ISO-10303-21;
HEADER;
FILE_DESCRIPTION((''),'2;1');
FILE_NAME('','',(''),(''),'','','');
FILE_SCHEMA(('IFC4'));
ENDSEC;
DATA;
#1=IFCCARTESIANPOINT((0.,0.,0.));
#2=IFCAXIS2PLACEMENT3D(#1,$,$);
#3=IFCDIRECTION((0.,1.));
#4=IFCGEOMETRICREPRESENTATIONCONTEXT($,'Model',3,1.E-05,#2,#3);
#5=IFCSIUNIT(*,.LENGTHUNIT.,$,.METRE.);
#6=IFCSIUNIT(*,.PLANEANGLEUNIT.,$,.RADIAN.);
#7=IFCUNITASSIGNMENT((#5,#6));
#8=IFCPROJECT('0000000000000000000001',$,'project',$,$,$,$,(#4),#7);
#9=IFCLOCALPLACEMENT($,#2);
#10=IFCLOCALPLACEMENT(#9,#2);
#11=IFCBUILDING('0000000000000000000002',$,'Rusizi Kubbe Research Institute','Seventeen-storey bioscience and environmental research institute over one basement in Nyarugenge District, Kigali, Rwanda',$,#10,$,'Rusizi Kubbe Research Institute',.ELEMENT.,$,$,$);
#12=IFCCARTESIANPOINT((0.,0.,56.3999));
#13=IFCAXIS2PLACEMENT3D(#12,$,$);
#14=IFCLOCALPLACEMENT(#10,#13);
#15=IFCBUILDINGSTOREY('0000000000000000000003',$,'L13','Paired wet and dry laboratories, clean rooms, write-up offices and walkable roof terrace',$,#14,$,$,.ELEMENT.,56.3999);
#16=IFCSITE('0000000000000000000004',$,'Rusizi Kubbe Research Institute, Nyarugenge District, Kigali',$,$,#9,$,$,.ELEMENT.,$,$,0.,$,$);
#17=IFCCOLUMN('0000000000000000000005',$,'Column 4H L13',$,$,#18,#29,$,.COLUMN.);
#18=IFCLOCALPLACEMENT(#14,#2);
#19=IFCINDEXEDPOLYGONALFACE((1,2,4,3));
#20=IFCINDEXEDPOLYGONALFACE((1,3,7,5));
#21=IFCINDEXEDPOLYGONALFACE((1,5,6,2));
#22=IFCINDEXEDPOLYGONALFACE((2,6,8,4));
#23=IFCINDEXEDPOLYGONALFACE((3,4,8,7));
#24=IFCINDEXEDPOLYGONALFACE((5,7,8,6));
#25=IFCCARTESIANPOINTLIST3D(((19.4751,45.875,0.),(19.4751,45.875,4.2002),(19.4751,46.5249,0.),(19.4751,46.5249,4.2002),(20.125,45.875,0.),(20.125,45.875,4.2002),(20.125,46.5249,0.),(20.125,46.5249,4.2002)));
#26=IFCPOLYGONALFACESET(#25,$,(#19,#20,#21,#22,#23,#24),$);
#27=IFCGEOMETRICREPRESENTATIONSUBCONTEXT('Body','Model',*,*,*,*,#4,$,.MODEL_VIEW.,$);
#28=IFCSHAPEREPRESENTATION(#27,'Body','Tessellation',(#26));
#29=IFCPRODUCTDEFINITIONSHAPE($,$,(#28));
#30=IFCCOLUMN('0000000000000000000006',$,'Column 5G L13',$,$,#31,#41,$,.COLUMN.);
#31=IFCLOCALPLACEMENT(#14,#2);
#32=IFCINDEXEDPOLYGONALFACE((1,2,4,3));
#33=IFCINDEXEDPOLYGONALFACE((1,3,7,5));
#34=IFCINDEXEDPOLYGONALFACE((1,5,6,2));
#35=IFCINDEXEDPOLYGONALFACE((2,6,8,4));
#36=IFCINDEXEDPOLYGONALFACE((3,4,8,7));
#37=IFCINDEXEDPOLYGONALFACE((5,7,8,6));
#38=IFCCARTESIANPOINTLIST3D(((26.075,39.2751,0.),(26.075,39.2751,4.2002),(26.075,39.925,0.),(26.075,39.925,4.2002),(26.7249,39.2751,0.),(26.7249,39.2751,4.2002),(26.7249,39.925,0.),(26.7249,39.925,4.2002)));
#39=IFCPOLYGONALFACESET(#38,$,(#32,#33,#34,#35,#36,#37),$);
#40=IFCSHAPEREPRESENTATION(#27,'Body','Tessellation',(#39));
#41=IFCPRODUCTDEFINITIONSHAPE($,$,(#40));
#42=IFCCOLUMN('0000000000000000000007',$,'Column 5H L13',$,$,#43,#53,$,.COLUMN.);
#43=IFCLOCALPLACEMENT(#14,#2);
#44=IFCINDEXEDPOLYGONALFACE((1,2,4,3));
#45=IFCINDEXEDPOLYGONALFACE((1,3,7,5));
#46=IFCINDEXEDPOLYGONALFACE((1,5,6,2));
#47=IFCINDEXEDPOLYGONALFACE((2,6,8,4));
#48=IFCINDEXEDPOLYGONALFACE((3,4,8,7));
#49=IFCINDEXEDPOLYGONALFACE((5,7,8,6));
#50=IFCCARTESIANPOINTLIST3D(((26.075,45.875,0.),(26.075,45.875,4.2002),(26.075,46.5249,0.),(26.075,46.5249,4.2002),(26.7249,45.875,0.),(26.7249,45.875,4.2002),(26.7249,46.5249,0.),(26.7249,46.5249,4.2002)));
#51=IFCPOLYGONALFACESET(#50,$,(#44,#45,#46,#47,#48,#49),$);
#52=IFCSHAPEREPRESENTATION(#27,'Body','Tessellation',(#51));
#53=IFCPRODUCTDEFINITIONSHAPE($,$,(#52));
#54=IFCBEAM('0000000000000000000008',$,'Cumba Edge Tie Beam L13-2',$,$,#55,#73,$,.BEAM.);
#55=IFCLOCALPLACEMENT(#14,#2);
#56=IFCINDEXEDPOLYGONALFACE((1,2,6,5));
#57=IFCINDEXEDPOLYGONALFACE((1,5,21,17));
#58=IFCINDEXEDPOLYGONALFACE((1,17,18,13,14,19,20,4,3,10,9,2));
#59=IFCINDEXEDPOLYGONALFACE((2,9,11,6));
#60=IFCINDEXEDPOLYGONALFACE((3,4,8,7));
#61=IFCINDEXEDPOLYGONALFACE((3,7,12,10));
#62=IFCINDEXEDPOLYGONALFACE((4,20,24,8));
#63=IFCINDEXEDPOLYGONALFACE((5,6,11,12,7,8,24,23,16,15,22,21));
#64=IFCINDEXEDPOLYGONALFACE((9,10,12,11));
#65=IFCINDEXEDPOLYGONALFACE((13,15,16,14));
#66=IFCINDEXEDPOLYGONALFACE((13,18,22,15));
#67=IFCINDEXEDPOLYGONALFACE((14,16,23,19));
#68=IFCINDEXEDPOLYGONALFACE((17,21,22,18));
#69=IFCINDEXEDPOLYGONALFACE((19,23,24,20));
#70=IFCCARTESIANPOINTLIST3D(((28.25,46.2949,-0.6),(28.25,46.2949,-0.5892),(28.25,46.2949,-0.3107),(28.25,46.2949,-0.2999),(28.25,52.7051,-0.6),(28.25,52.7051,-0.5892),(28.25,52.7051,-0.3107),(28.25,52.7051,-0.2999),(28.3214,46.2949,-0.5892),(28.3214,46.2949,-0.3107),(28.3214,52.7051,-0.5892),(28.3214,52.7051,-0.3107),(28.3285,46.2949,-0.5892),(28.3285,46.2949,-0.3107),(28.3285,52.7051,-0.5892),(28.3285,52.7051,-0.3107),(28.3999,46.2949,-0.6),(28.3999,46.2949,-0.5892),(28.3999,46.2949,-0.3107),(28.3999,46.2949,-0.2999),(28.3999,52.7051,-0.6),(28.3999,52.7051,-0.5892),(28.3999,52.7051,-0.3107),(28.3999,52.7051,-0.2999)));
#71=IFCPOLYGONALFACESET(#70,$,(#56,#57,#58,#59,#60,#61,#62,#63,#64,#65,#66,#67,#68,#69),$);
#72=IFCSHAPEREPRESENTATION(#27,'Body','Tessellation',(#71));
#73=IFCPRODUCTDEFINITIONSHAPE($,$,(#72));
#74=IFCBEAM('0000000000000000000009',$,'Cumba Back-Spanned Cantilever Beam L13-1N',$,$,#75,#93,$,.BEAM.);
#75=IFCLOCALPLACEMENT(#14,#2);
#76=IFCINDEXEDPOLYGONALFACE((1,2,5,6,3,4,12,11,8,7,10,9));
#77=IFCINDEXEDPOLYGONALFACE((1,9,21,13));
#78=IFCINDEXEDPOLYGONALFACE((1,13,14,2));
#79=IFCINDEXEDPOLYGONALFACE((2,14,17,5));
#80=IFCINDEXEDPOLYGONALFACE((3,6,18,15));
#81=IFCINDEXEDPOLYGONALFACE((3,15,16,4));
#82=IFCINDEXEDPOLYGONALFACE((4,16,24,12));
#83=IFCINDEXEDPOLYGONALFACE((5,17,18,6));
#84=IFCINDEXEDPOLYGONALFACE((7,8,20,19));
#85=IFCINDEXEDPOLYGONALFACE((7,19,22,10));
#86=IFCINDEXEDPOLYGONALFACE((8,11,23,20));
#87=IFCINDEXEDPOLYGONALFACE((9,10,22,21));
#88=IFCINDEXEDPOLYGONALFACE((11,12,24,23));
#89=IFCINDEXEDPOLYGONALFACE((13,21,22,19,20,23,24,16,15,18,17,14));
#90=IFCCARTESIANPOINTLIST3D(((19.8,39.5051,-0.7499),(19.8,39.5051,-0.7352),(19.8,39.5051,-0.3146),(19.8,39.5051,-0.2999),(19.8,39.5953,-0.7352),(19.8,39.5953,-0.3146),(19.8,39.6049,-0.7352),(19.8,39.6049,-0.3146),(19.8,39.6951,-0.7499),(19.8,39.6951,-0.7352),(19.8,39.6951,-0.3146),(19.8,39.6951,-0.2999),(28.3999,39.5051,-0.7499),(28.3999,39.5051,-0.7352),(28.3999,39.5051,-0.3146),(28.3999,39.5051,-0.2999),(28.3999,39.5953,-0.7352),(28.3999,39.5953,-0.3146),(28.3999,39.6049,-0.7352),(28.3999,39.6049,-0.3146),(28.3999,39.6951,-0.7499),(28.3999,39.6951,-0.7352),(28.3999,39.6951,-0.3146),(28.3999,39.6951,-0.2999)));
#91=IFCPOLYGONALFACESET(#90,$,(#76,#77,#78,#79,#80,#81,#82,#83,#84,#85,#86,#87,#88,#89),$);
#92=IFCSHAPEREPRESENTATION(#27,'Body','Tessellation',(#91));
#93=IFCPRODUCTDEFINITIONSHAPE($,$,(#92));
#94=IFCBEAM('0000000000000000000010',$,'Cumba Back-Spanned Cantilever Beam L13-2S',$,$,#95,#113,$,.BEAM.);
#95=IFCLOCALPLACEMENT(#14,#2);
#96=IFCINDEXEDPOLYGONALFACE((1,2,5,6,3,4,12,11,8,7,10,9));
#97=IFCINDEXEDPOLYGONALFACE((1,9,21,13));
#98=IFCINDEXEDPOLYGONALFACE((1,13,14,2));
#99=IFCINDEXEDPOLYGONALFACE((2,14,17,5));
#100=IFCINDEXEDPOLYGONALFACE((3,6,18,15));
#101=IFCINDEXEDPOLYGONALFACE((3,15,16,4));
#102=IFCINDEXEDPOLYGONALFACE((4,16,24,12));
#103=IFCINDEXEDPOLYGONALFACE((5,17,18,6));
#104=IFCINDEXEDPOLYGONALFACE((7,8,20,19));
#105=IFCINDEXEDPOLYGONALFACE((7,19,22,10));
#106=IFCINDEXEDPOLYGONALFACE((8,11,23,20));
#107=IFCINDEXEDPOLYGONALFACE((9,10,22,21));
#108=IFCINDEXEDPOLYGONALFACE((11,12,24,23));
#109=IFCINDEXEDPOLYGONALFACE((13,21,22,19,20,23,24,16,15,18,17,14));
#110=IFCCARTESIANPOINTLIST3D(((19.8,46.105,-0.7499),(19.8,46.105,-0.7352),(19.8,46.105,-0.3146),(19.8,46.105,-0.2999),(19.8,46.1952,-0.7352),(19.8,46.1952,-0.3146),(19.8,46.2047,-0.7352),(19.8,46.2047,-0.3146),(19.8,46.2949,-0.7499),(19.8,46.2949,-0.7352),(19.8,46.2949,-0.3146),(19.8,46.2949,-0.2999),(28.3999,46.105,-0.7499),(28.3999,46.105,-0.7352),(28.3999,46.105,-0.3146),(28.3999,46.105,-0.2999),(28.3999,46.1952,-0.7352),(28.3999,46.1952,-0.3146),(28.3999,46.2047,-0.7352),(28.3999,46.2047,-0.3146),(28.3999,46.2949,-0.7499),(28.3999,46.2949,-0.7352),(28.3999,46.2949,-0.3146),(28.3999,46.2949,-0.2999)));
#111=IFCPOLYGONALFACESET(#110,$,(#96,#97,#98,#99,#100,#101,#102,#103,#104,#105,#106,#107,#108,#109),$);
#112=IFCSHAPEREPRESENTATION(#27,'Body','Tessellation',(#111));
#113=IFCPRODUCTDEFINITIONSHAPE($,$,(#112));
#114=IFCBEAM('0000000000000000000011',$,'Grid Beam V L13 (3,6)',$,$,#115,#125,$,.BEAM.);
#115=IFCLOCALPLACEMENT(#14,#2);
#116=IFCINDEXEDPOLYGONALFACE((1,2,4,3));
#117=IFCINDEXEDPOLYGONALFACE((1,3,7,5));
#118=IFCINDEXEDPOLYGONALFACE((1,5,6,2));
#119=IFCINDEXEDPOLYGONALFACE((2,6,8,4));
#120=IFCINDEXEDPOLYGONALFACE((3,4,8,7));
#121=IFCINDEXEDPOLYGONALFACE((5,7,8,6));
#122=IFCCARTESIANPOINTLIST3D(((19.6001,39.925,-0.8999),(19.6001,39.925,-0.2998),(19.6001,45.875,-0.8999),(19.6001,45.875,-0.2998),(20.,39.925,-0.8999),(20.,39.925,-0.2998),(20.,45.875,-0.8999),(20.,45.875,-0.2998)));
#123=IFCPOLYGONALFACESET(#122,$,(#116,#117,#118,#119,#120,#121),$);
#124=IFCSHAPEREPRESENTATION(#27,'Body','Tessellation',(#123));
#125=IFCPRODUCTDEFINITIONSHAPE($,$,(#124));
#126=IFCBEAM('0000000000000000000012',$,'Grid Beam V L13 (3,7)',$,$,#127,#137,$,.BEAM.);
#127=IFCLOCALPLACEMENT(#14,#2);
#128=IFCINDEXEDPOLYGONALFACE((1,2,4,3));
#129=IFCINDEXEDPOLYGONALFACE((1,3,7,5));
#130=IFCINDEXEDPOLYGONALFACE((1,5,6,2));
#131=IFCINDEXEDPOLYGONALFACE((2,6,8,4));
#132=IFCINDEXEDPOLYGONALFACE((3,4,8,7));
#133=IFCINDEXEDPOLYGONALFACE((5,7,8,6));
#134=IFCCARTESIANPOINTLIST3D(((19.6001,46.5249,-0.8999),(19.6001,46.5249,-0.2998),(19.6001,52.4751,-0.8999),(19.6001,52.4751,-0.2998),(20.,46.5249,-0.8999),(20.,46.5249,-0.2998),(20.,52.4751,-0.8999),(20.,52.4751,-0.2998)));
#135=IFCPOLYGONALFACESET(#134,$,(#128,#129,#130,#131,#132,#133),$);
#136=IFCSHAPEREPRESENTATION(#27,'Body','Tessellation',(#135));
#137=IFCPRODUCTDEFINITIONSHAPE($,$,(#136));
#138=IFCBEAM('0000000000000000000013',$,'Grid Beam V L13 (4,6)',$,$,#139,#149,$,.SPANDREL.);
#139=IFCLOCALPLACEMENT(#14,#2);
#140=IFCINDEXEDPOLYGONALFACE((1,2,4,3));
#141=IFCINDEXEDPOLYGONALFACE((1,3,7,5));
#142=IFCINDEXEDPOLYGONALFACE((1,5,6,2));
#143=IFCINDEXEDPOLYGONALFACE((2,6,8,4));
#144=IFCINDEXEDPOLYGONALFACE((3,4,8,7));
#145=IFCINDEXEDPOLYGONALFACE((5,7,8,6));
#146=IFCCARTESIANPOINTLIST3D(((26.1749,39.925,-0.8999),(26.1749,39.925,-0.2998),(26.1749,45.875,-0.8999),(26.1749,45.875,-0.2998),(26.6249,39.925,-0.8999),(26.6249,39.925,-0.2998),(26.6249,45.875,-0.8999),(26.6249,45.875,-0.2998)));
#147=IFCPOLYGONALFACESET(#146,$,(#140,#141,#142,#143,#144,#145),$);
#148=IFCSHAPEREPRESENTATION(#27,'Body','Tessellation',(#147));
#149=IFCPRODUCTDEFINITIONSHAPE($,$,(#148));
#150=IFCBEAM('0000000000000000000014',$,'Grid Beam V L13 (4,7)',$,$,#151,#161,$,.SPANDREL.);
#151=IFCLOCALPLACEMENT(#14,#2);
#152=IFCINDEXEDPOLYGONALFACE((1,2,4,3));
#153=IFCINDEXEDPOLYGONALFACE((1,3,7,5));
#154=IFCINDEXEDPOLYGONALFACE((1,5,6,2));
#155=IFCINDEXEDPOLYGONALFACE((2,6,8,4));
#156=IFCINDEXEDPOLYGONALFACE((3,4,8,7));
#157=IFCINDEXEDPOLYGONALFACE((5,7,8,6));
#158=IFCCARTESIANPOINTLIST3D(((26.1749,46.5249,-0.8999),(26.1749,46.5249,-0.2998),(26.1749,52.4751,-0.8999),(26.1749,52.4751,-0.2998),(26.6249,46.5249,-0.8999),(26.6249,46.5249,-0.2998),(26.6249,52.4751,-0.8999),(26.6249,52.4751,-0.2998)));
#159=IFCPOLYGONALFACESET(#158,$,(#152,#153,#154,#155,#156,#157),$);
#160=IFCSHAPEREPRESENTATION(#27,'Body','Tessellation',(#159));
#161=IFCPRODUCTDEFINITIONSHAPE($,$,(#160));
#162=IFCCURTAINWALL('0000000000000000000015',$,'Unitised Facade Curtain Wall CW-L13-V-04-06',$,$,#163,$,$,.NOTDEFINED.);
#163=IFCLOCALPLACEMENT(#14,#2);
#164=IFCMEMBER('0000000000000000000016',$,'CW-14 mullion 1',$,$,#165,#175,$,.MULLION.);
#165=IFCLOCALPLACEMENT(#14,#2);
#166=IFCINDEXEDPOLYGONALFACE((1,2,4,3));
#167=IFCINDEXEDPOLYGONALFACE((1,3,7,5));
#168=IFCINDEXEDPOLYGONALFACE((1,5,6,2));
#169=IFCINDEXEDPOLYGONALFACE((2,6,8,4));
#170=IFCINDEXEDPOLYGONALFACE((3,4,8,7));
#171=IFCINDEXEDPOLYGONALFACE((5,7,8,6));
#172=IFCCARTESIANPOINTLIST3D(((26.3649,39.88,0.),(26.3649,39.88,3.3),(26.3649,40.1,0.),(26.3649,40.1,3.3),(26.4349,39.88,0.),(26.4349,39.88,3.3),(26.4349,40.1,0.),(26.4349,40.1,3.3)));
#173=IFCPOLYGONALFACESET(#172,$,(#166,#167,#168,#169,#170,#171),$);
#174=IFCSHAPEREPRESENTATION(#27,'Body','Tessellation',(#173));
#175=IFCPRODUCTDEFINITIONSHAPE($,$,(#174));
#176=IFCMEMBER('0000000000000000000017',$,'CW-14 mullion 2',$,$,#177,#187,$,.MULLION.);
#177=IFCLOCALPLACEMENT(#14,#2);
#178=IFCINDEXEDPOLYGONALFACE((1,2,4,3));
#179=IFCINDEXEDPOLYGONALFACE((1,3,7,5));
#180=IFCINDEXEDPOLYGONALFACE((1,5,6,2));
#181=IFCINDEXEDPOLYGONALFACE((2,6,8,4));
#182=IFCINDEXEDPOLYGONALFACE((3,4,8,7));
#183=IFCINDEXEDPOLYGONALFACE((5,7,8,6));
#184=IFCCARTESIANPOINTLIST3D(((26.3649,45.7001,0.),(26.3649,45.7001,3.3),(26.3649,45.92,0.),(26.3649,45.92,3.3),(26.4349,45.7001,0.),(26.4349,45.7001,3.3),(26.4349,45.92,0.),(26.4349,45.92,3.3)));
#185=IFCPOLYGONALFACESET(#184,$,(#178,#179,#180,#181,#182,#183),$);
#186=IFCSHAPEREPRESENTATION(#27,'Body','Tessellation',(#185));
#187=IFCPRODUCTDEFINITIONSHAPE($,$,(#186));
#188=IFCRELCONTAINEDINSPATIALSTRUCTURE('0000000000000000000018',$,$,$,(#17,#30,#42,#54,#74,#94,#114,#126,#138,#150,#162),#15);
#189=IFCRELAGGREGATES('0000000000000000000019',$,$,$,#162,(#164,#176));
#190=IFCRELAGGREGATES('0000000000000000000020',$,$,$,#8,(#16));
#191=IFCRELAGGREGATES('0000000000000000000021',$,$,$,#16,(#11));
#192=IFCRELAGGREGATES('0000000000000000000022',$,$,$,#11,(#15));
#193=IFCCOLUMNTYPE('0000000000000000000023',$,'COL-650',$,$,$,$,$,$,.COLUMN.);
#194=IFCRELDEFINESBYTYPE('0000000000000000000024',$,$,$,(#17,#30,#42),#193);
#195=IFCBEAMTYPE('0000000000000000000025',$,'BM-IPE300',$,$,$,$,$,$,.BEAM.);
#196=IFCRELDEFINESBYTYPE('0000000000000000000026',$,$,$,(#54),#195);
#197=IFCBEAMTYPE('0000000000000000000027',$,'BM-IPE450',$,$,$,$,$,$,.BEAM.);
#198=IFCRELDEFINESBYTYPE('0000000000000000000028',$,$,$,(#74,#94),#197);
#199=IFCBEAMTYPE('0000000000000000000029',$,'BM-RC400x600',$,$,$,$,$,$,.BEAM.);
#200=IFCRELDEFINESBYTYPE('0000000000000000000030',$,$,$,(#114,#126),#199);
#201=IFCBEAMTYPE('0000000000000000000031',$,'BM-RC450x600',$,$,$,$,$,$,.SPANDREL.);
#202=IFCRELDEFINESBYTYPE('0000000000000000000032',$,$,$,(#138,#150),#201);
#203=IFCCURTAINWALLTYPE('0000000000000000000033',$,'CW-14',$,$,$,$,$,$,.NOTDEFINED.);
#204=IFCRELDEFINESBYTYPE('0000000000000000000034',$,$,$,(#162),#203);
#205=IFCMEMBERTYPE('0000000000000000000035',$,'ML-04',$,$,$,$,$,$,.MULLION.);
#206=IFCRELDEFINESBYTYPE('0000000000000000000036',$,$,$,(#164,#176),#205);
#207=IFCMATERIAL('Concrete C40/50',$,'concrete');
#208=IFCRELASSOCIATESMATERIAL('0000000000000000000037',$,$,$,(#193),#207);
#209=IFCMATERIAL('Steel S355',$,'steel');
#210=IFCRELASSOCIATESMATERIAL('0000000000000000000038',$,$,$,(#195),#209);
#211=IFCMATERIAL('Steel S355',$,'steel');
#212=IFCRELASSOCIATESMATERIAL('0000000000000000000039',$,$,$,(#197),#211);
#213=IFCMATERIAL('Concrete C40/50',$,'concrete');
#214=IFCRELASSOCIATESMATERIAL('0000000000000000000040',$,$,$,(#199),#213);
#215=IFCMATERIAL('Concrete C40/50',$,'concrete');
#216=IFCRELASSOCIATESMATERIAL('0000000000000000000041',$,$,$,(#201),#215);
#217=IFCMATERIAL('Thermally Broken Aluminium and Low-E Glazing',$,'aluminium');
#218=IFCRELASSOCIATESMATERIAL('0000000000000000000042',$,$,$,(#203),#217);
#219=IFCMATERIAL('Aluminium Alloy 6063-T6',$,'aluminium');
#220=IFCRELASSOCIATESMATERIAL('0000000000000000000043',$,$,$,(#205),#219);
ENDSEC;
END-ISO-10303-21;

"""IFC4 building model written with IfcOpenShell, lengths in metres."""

from ifc_helpers import new_model, si_unit, direction, frame, origin, origin_2d, place, context, subcontext, project, spatial, rectangle, i_section, extrude, material, material_profile, profile_set, type_object, element, aggregate, save


model = new_model("IFC4")

# Units and contexts
model_context = context("Model", 3, precision=1e-05, world=origin(), true_north=direction((0.0, 1.0)))
body_context = subcontext(model_context, "Body", "Model", "MODEL_VIEW")
ifc_project = project(units=[si_unit("LENGTHUNIT", "METRE"), si_unit("PLANEANGLEUNIT", "RADIAN")], contexts=[model_context])

# Site, building, storey
site_placement = place(None, origin())
site = spatial("IfcSite", under=ifc_project, at=site_placement, Name="Rusizi Kubbe Research Institute, Nyarugenge District, Kigali", CompositionType="ELEMENT", RefElevation=0.0)
building_placement = place(site_placement, origin())
building = spatial("IfcBuilding", under=site, at=building_placement, Name="Rusizi Kubbe Research Institute", Description="Seventeen-storey bioscience and environmental research institute over one basement in Nyarugenge District, Kigali, Rwanda", LongName="Rusizi Kubbe Research Institute", CompositionType="ELEMENT")
storey_placement = place(building_placement, frame((0.0, 0.0, 56.3999)))
storey = spatial("IfcBuildingStorey", under=building, at=storey_placement, Name="L13", Description="Paired wet and dry laboratories, clean rooms, write-up offices and walkable roof terrace", CompositionType="ELEMENT", Elevation=56.3999)

# Columns
ifc_material_1 = material(Name="Concrete C40/50", Category="concrete")
ifc_material_profile_1 = material_profile(ifc_material_1, rectangle(XDim=0.6499, YDim=0.6499, at=origin_2d()), Name="RC650x650")
ifc_profile_set_1 = profile_set([ifc_material_profile_1], Name="Concrete C40/50")
column_type = type_object("IfcColumnType", Name="COL-650", PredefinedType="COLUMN", material=ifc_profile_set_1)
for number, where, z_axis, x_axis, name in (
    (1, (19.8, 46.2, 0.0), (0.0, 0.0, 1.0), (1.0, 0.0, 0.0), "Column 4H L13"),
    (2, (26.3999, 39.6001, 0.0), (0.0, 0.0, 1.0), (1.0, 0.0, 0.0), "Column 5G L13"),
    (3, (26.3999, 46.2, 0.0), (0.0, 0.0, 1.0), (1.0, 0.0, 0.0), "Column 5H L13"),
):
    element("IfcColumn", number, at=place(storey_placement, frame(where, z_axis=z_axis, x_axis=x_axis)), inside=storey, type_object=column_type, Name=name, PredefinedType="COLUMN", context=body_context, shape_type="SweptSolid", body=[
        extrude(rectangle(XDim=0.6499, YDim=0.6499, at=origin_2d()), origin(), (0.0, 0.0, 1.0), 4.2002),
    ])

# Beams
ifc_material_2 = material(Name="Steel S355", Category="steel")
ifc_material_profile_2 = material_profile(ifc_material_2, i_section(OverallWidth=0.1499, OverallDepth=0.3, WebThickness=0.0071, FlangeThickness=0.0107, at=origin_2d()), Name="IPE 300")
ifc_profile_set_2 = profile_set([ifc_material_profile_2], Name="Steel S355")
beam_type_1 = type_object("IfcBeamType", Name="BM-IPE300", PredefinedType="BEAM", material=ifc_profile_set_2)
beam_1_placement = place(storey_placement, frame((28.325, 46.2949, -0.45), z_axis=(0.0, 1.0, 0.0), x_axis=(-1.0, 0.0, 0.0)))
element("IfcBeam", 4, at=beam_1_placement, inside=storey, type_object=beam_type_1, Name="Cumba Edge Tie Beam L13-2", PredefinedType="BEAM", context=body_context, shape_type="SweptSolid", body=[
    extrude(i_section(OverallWidth=0.1499, OverallDepth=0.3, WebThickness=0.0071, FlangeThickness=0.0107, at=origin_2d()), origin(), (0.0, 0.0, 1.0), 6.4102),
])
ifc_material_3 = material(Name="Steel S355", Category="steel")
ifc_material_profile_3 = material_profile(ifc_material_3, i_section(OverallWidth=0.1899, OverallDepth=0.45, WebThickness=0.0095, FlangeThickness=0.0146, at=origin_2d()), Name="IPE 450")
ifc_profile_set_3 = profile_set([ifc_material_profile_3], Name="Steel S355")
beam_type_2 = type_object("IfcBeamType", Name="BM-IPE450", PredefinedType="BEAM", material=ifc_profile_set_3)
for number, where, z_axis, x_axis, name in (
    (5, (19.8, 39.6001, -0.5249), (1.0, 0.0, 0.0), (0.0, 1.0, 0.0), "Cumba Back-Spanned Cantilever Beam L13-1N"),
    (6, (19.8, 46.2, -0.5249), (1.0, 0.0, 0.0), (0.0, 1.0, 0.0), "Cumba Back-Spanned Cantilever Beam L13-2S"),
):
    element("IfcBeam", number, at=place(storey_placement, frame(where, z_axis=z_axis, x_axis=x_axis)), inside=storey, type_object=beam_type_2, Name=name, PredefinedType="BEAM", context=body_context, shape_type="SweptSolid", body=[
        extrude(i_section(OverallWidth=0.1899, OverallDepth=0.45, WebThickness=0.0095, FlangeThickness=0.0146, at=origin_2d()), origin(), (0.0, 0.0, 1.0), 8.5999),
    ])
ifc_material_4 = material(Name="Concrete C40/50", Category="concrete")
ifc_material_profile_4 = material_profile(ifc_material_4, rectangle(XDim=0.3999, YDim=0.6001, at=origin_2d()), Name="RC400x600")
ifc_profile_set_4 = profile_set([ifc_material_profile_4], Name="Concrete C40/50")
beam_type_3 = type_object("IfcBeamType", Name="BM-RC400x600", PredefinedType="BEAM", material=ifc_profile_set_4)
beam_2_placement = place(storey_placement, frame((19.8, 39.925, -0.5999), z_axis=(0.0, 1.0, 0.0), x_axis=(-1.0, 0.0, 0.0)))
element("IfcBeam", 7, at=beam_2_placement, inside=storey, type_object=beam_type_3, Name="Grid Beam V L13 (3,6)", PredefinedType="BEAM", context=body_context, shape_type="SweptSolid", body=[
    extrude(rectangle(XDim=0.3999, YDim=0.6001, at=origin_2d()), origin(), (0.0, 0.0, 1.0), 5.95),
])
beam_3_placement = place(storey_placement, frame((19.8, 46.5249, -0.5999), z_axis=(0.0, 1.0, 0.0), x_axis=(-1.0, 0.0, 0.0)))
element("IfcBeam", 8, at=beam_3_placement, inside=storey, type_object=beam_type_3, Name="Grid Beam V L13 (3,7)", PredefinedType="BEAM", context=body_context, shape_type="SweptSolid", body=[
    extrude(rectangle(XDim=0.3999, YDim=0.6001, at=origin_2d()), origin(), (0.0, 0.0, 1.0), 5.9502),
])
ifc_material_5 = material(Name="Concrete C40/50", Category="concrete")
ifc_material_profile_5 = material_profile(ifc_material_5, rectangle(XDim=0.45, YDim=0.6001, at=origin_2d()), Name="RC450x600")
ifc_profile_set_5 = profile_set([ifc_material_profile_5], Name="Concrete C40/50")
beam_type_4 = type_object("IfcBeamType", Name="BM-RC450x600", PredefinedType="SPANDREL", material=ifc_profile_set_5)
beam_4_placement = place(storey_placement, frame((26.3999, 39.925, -0.5999), z_axis=(0.0, 1.0, 0.0), x_axis=(-1.0, 0.0, 0.0)))
element("IfcBeam", 9, at=beam_4_placement, inside=storey, type_object=beam_type_4, Name="Grid Beam V L13 (4,6)", PredefinedType="SPANDREL", context=body_context, shape_type="SweptSolid", body=[
    extrude(rectangle(XDim=0.45, YDim=0.6001, at=origin_2d()), origin(), (0.0, 0.0, 1.0), 5.95),
])
beam_5_placement = place(storey_placement, frame((26.3999, 46.5249, -0.5999), z_axis=(0.0, 1.0, 0.0), x_axis=(-1.0, 0.0, 0.0)))
element("IfcBeam", 10, at=beam_5_placement, inside=storey, type_object=beam_type_4, Name="Grid Beam V L13 (4,7)", PredefinedType="SPANDREL", context=body_context, shape_type="SweptSolid", body=[
    extrude(rectangle(XDim=0.45, YDim=0.6001, at=origin_2d()), origin(), (0.0, 0.0, 1.0), 5.9502),
])

# Curtain wall, members
ifc_material_6 = material(Name="Thermally Broken Aluminium and Low-E Glazing", Category="aluminium")
curtain_wall_type = type_object("IfcCurtainWallType", Name="CW-14", PredefinedType="NOTDEFINED", material=ifc_material_6)
curtain_wall_1_placement = place(storey_placement, origin())
curtain_wall_1 = element("IfcCurtainWall", 11, at=curtain_wall_1_placement, inside=storey, type_object=curtain_wall_type, Name="Unitised Facade Curtain Wall CW-L13-V-04-06", PredefinedType="NOTDEFINED")
ifc_material_7 = material(Name="Aluminium Alloy 6063-T6", Category="aluminium")
ifc_material_profile_6 = material_profile(ifc_material_7, rectangle(XDim=0.0701, YDim=0.22, at=origin_2d()), Name="ALU-M 70x220")
ifc_profile_set_6 = profile_set([ifc_material_profile_6], Name="Aluminium Alloy 6063-T6")
member_type_1 = type_object("IfcMemberType", Name="ML-04", PredefinedType="MULLION", material=ifc_profile_set_6)
member_1_placement = place(storey_placement, frame((26.3999, 39.99, 0.0), z_axis=(0.0, 0.0, 1.0), x_axis=(-1.0, 0.0, 0.0)))
member_1 = element("IfcMember", 12, at=member_1_placement, type_object=member_type_1, Name="CW-14 mullion 1", PredefinedType="MULLION", context=body_context, shape_type="SweptSolid", body=[
    extrude(rectangle(XDim=0.0701, YDim=0.22, at=origin_2d()), origin(), (0.0, 0.0, 1.0), 3.3),
])
member_2_placement = place(storey_placement, frame((26.3999, 45.8101, 0.0), z_axis=(0.0, 0.0, 1.0), x_axis=(-1.0, 0.0, 0.0)))
member_2 = element("IfcMember", 13, at=member_2_placement, type_object=member_type_1, Name="CW-14 mullion 2", PredefinedType="MULLION", context=body_context, shape_type="SweptSolid", body=[
    extrude(rectangle(XDim=0.0701, YDim=0.22, at=origin_2d()), origin(), (0.0, 0.0, 1.0), 3.3),
])

aggregate(curtain_wall_1, [member_1, member_2])

save(model, "model.ifc")
